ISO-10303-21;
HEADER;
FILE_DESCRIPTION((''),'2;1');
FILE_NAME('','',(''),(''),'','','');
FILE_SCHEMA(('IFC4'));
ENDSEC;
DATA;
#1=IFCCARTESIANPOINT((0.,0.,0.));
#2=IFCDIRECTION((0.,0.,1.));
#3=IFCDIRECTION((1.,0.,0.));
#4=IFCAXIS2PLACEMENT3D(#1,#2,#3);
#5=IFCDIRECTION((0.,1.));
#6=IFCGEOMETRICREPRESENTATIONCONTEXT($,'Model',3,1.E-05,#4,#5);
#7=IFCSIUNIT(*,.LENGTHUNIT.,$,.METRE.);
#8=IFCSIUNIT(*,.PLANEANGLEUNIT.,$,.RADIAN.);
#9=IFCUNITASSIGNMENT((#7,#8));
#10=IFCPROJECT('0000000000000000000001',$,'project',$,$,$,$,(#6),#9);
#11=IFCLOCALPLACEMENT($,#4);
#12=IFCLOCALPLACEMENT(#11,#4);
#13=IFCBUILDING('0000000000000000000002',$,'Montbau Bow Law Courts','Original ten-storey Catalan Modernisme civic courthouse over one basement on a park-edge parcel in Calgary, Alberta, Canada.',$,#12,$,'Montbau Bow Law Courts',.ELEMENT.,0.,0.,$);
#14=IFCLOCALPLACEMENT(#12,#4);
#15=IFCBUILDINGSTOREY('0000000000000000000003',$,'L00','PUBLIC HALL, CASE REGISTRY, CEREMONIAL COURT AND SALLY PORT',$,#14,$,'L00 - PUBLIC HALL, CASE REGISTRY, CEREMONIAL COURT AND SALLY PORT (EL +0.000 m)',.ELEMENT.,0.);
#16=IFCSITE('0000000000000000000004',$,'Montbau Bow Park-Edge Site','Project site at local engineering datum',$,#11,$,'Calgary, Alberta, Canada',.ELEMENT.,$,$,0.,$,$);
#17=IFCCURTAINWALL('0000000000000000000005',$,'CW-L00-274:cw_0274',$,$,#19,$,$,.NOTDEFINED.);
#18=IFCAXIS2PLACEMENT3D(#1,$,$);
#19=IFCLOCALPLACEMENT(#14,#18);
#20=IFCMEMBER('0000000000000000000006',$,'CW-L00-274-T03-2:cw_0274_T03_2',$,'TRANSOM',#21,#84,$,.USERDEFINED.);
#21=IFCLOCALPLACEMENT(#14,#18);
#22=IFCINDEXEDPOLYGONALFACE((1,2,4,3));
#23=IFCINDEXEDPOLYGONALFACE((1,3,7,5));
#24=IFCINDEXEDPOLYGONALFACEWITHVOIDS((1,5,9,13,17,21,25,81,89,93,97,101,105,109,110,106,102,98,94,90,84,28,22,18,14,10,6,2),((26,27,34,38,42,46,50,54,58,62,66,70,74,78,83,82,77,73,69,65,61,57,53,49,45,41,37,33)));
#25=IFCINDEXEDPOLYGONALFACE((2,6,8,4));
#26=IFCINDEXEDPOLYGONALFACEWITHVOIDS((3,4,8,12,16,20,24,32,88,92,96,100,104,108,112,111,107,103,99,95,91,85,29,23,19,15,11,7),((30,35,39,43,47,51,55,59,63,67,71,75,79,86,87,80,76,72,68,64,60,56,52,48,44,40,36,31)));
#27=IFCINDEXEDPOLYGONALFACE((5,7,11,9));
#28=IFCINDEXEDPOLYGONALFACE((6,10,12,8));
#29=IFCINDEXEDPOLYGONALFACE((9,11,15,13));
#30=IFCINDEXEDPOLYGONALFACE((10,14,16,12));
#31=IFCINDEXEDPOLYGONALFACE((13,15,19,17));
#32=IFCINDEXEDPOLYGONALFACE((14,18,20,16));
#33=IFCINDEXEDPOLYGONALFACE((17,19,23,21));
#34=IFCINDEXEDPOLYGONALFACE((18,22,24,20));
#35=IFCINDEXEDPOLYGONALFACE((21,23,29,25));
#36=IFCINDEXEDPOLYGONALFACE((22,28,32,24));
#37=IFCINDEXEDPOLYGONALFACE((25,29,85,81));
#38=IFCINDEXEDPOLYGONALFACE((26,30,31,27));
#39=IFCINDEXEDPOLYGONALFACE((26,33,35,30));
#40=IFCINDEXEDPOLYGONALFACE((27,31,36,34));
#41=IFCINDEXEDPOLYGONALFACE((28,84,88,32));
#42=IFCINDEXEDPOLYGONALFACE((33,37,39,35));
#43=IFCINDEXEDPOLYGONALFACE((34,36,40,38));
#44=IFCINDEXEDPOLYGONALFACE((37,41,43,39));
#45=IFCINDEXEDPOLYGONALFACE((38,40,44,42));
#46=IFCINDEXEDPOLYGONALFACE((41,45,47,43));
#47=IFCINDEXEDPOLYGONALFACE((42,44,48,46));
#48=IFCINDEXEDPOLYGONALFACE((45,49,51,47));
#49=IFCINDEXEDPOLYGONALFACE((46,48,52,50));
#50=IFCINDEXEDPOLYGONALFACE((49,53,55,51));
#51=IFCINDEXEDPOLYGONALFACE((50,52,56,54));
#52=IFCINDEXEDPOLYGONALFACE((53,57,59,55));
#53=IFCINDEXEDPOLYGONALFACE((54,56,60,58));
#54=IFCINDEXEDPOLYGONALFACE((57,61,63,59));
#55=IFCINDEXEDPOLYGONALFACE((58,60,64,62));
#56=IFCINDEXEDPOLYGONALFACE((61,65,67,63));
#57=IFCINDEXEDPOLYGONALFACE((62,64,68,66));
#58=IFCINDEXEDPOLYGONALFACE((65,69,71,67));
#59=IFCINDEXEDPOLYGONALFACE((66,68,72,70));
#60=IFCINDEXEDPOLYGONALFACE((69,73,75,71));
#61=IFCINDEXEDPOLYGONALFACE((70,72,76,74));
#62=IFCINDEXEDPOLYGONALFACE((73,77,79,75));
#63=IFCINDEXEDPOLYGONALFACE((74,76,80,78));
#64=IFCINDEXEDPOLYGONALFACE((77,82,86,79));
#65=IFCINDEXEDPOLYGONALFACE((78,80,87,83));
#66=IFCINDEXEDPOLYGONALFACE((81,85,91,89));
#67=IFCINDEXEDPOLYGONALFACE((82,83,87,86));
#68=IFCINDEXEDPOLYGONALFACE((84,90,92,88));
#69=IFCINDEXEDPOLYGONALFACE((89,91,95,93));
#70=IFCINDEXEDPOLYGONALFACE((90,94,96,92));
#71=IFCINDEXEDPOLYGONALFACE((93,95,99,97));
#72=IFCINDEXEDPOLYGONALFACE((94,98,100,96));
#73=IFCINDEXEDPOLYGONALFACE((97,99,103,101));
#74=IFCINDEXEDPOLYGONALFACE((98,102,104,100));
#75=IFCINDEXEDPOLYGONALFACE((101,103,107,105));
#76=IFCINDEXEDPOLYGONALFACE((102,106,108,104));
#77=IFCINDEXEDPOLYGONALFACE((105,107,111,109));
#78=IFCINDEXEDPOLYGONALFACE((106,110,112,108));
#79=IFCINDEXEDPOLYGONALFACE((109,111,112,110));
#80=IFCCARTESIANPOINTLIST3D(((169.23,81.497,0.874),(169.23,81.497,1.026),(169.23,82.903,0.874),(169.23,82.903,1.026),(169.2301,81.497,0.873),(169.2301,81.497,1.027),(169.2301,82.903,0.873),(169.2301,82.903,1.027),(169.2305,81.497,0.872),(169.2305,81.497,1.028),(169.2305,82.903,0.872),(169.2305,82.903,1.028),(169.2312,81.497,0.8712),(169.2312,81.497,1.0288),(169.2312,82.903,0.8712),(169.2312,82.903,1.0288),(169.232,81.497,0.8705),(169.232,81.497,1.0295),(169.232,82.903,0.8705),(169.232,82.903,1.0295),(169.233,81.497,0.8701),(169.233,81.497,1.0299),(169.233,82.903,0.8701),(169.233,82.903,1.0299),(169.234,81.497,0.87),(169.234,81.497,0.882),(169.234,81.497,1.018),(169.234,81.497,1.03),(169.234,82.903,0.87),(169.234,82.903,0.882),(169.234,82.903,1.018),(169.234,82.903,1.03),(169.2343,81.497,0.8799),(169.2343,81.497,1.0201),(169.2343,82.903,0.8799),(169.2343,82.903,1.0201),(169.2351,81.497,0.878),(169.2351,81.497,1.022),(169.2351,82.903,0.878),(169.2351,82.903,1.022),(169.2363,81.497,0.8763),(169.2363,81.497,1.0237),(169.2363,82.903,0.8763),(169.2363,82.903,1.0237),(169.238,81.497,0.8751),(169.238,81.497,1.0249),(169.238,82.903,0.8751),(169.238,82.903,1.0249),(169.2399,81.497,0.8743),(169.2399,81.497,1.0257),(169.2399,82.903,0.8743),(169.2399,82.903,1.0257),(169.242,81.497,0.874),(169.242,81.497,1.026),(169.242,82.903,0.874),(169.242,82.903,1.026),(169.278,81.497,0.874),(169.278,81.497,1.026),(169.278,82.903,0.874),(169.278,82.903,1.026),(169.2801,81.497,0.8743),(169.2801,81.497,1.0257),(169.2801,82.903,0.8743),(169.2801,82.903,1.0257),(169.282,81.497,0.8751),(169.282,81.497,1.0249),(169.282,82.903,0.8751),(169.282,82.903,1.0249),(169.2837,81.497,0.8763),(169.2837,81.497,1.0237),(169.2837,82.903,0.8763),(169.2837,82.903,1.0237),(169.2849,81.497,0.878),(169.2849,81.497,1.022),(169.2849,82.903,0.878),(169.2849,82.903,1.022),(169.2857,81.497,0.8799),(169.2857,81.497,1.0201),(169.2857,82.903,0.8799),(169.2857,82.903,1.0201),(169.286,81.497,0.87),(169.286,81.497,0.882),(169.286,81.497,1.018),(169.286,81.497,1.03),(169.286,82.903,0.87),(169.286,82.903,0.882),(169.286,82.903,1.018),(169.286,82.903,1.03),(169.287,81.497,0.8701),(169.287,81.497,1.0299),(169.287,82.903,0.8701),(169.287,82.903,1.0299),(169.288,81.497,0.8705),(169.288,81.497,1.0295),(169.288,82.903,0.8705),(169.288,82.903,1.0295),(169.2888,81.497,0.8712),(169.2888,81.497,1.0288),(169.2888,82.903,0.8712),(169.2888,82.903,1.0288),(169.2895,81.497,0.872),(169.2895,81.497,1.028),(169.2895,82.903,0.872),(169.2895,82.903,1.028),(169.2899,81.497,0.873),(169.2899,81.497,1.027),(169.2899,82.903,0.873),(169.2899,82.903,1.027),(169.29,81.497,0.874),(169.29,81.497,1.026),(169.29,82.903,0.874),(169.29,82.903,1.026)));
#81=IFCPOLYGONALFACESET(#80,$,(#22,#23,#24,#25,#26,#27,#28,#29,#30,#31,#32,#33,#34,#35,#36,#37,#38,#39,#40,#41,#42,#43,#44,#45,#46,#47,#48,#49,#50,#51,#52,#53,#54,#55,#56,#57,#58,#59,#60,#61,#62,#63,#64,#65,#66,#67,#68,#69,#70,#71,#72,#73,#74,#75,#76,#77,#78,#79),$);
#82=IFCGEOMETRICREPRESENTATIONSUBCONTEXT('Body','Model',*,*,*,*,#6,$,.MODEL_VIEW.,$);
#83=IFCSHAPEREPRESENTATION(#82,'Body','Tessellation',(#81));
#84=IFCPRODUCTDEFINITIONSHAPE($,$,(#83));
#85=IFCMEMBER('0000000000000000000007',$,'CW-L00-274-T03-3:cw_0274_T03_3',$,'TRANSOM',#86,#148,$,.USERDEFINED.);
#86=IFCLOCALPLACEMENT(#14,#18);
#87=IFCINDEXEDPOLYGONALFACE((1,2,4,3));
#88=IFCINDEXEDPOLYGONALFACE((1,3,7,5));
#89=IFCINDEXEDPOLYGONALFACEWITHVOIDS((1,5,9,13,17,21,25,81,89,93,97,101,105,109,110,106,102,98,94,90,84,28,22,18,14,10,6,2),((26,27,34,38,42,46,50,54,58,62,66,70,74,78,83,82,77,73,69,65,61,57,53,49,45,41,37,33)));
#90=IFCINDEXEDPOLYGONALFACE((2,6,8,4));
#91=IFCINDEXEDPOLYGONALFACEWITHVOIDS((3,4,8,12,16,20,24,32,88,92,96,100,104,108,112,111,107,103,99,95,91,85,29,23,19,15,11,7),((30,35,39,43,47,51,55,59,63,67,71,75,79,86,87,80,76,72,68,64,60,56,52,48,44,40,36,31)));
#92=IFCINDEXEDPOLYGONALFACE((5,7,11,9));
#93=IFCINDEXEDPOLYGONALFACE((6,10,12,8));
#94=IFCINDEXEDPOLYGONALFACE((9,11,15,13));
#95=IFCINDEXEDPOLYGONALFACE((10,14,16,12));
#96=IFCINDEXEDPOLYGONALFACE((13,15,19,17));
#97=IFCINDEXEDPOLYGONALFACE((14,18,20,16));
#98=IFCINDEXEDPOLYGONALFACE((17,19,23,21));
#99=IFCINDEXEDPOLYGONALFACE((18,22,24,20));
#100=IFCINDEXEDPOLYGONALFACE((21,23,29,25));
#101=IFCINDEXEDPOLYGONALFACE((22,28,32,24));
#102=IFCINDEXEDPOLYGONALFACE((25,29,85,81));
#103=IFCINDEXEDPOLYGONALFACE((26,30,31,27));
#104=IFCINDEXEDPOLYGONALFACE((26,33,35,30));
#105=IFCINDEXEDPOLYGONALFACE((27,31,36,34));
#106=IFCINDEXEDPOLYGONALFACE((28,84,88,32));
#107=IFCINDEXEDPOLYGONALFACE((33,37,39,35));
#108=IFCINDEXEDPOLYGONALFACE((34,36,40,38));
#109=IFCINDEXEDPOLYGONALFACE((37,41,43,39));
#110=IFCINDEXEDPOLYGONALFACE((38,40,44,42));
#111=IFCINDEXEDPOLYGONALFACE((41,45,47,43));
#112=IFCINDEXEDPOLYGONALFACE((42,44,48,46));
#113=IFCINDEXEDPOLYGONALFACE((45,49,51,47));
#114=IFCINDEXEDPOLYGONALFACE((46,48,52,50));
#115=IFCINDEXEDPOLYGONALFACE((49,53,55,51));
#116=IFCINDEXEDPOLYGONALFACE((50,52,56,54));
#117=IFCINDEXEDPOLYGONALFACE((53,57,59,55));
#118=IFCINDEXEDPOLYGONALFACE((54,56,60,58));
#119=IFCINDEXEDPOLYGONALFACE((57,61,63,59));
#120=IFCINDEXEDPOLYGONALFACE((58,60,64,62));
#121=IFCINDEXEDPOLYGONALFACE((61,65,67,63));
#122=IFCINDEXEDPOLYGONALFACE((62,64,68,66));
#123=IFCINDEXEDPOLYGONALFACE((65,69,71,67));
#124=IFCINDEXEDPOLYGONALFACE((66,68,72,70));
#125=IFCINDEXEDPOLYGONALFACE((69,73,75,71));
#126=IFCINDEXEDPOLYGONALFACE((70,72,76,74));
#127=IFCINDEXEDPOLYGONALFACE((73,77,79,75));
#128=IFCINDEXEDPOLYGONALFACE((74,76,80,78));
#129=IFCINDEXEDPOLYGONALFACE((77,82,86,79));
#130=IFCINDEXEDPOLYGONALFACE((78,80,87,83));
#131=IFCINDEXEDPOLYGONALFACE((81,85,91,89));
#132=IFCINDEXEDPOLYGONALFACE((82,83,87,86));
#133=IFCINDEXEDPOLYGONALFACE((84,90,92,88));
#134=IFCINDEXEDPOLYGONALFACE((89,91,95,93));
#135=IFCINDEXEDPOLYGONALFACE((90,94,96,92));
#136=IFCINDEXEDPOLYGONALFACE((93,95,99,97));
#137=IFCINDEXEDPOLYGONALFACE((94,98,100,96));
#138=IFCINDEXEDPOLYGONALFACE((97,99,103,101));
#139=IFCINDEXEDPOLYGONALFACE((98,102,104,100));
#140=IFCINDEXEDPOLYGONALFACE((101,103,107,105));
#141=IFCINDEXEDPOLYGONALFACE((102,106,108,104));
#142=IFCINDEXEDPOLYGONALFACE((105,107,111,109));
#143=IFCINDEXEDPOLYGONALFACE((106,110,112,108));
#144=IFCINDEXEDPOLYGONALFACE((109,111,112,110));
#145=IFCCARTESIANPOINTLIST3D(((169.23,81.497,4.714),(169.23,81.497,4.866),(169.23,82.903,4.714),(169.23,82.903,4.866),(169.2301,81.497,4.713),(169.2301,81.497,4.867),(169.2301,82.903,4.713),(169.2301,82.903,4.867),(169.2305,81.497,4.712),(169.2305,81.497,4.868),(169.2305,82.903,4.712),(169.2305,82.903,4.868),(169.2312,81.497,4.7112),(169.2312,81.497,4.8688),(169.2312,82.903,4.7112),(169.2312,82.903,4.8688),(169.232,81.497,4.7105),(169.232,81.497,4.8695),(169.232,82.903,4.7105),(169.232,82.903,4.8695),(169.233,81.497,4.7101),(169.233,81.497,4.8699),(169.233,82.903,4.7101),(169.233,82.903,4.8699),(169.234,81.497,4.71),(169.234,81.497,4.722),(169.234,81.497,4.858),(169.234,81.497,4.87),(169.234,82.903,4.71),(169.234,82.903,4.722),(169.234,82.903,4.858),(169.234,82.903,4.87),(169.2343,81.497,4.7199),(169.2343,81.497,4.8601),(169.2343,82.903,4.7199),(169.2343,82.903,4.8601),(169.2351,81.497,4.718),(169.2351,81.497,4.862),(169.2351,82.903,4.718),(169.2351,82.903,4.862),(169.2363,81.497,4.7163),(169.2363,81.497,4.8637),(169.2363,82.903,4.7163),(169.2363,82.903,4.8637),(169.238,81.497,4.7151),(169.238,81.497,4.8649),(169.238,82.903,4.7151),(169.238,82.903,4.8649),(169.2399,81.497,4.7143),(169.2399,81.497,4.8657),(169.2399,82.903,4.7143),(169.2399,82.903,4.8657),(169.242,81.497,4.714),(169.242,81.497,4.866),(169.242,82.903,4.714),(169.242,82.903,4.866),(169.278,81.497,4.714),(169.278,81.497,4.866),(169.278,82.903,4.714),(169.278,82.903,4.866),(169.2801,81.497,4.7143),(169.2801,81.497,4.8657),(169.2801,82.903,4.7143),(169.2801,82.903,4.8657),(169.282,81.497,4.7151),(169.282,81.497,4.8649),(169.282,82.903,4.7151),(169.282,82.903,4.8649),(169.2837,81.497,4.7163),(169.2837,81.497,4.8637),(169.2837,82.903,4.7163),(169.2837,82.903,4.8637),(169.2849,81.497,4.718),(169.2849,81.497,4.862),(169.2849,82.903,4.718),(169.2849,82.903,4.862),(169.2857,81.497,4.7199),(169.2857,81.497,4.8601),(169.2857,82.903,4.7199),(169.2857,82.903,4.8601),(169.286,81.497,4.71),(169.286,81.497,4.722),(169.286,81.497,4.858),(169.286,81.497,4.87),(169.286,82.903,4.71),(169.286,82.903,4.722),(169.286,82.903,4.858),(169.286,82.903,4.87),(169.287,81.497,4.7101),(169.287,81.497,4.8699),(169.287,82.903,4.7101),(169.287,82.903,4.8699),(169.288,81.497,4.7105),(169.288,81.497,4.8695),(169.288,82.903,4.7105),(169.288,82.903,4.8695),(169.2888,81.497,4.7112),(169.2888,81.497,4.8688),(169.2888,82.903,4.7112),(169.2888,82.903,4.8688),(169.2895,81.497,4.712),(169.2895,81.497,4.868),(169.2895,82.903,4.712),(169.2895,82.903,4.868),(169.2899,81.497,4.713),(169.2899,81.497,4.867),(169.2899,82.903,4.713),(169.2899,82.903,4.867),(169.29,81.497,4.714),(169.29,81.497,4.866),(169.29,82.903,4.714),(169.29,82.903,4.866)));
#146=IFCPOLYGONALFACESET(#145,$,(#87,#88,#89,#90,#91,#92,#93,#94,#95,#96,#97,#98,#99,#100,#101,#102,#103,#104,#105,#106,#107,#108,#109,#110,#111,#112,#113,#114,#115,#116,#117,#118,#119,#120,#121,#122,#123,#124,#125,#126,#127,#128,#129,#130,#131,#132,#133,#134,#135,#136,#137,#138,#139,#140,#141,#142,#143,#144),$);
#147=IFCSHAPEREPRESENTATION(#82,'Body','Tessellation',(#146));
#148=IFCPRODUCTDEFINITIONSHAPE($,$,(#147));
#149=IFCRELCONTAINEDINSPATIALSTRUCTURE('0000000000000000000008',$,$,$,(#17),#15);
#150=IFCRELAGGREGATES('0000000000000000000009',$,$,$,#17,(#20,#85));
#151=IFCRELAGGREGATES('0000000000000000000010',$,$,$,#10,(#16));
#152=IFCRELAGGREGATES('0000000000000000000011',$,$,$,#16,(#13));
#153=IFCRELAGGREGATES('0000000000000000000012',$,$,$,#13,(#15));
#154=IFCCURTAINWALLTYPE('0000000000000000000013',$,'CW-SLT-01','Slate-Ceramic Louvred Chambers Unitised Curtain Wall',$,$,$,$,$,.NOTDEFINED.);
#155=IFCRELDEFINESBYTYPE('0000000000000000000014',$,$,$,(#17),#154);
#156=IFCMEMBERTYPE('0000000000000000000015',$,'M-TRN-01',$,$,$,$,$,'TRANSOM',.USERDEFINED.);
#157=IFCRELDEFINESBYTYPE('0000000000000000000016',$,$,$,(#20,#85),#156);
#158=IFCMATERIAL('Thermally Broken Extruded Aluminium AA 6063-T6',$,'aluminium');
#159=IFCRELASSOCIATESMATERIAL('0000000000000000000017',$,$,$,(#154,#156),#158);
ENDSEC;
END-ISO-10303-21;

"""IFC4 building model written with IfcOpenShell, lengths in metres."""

from ifc_helpers import new_model, si_unit, direction, frame, origin_with_axes, origin_2d_with_axis, place, context, subcontext, project, spatial, hollow_rectangle, extrude, material, material_profile, profile_set, type_object, element, aggregate, save


model = new_model("IFC4")

# Units and contexts
model_context = context("Model", 3, precision=1e-05, world=origin_with_axes(), true_north=direction((0.0, 1.0)))
body_context = subcontext(model_context, "Body", "Model", "MODEL_VIEW")
ifc_project = project(units=[si_unit("LENGTHUNIT", "METRE"), si_unit("PLANEANGLEUNIT", "RADIAN")], contexts=[model_context])

# Site, building, storey
site_placement = place(None, origin_with_axes())
site = spatial("IfcSite", under=ifc_project, at=site_placement, Name="Montbau Bow Park-Edge Site", Description="Project site at local engineering datum", LongName="Calgary, Alberta, Canada", CompositionType="ELEMENT", RefElevation=0.0)
building_placement = place(site_placement, origin_with_axes())
building = spatial("IfcBuilding", under=site, at=building_placement, Name="Montbau Bow Law Courts", Description="Original ten-storey Catalan Modernisme civic courthouse over one basement on a park-edge parcel in Calgary, Alberta, Canada.", LongName="Montbau Bow Law Courts", CompositionType="ELEMENT", ElevationOfRefHeight=0.0, ElevationOfTerrain=0.0)
storey_placement = place(building_placement, origin_with_axes())
storey = spatial("IfcBuildingStorey", under=building, at=storey_placement, Name="L00", Description="PUBLIC HALL, CASE REGISTRY, CEREMONIAL COURT AND SALLY PORT", LongName="L00 - PUBLIC HALL, CASE REGISTRY, CEREMONIAL COURT AND SALLY PORT (EL +0.000 m)", CompositionType="ELEMENT", Elevation=0.0)

# Curtain wall, members
ifc_material_1 = material(Name="Thermally Broken Extruded Aluminium AA 6063-T6", Category="aluminium")
curtain_wall_type = type_object("IfcCurtainWallType", Name="CW-SLT-01", Description="Slate-Ceramic Louvred Chambers Unitised Curtain Wall", PredefinedType="NOTDEFINED", material=ifc_material_1)
curtain_wall_placement = place(None, frame((169.26, 78.515, 0.0), z_axis=(0.0, 0.0, 1.0), x_axis=(1.0, 0.0, 0.0)))
curtain_wall = element("IfcCurtainWall", 1, at=curtain_wall_placement, inside=storey, type_object=curtain_wall_type, Name="CW-L00-274:cw_0274", PredefinedType="NOTDEFINED")
ifc_material_profile_1 = material_profile(ifc_material_1, hollow_rectangle(XDim=0.06, YDim=0.16, WallThickness=0.004, InnerFilletRadius=0.008, OuterFilletRadius=0.004, at=origin_2d_with_axis()), Name="CWT-160X60", Category="Main", Priority=0)
ifc_profile_set_1 = profile_set([ifc_material_profile_1], Name="Thermally Broken Extruded Aluminium AA 6063-T6")
member_type_1 = type_object("IfcMemberType", Name="M-TRN-01", ElementType="TRANSOM", PredefinedType="USERDEFINED", material=ifc_profile_set_1)
member_1_placement = place(None, frame((169.26, 81.497, 0.95), z_axis=(0.0, 1.0, 0.0), x_axis=(-1.0, 0.0, 0.0)))
member_1 = element("IfcMember", 2, at=member_1_placement, type_object=member_type_1, Name="CW-L00-274-T03-2:cw_0274_T03_2", ObjectType="TRANSOM", PredefinedType="USERDEFINED", context=body_context, shape_type="SweptSolid", body=[
    extrude(hollow_rectangle(XDim=0.06, YDim=0.16, WallThickness=0.004, InnerFilletRadius=0.008, OuterFilletRadius=0.004, at=origin_2d_with_axis()), origin_with_axes(), (0.0, 0.0, 1.0), 1.406),
])
member_2_placement = place(None, frame((169.26, 81.497, 4.79), z_axis=(0.0, 1.0, 0.0), x_axis=(-1.0, 0.0, 0.0)))
member_2 = element("IfcMember", 3, at=member_2_placement, type_object=member_type_1, Name="CW-L00-274-T03-3:cw_0274_T03_3", ObjectType="TRANSOM", PredefinedType="USERDEFINED", context=body_context, shape_type="SweptSolid", body=[
    extrude(hollow_rectangle(XDim=0.06, YDim=0.16, WallThickness=0.004, InnerFilletRadius=0.008, OuterFilletRadius=0.004, at=origin_2d_with_axis()), origin_with_axes(), (0.0, 0.0, 1.0), 1.406),
])
aggregate(curtain_wall, [member_1, member_2])

save(model, "model.ifc")
